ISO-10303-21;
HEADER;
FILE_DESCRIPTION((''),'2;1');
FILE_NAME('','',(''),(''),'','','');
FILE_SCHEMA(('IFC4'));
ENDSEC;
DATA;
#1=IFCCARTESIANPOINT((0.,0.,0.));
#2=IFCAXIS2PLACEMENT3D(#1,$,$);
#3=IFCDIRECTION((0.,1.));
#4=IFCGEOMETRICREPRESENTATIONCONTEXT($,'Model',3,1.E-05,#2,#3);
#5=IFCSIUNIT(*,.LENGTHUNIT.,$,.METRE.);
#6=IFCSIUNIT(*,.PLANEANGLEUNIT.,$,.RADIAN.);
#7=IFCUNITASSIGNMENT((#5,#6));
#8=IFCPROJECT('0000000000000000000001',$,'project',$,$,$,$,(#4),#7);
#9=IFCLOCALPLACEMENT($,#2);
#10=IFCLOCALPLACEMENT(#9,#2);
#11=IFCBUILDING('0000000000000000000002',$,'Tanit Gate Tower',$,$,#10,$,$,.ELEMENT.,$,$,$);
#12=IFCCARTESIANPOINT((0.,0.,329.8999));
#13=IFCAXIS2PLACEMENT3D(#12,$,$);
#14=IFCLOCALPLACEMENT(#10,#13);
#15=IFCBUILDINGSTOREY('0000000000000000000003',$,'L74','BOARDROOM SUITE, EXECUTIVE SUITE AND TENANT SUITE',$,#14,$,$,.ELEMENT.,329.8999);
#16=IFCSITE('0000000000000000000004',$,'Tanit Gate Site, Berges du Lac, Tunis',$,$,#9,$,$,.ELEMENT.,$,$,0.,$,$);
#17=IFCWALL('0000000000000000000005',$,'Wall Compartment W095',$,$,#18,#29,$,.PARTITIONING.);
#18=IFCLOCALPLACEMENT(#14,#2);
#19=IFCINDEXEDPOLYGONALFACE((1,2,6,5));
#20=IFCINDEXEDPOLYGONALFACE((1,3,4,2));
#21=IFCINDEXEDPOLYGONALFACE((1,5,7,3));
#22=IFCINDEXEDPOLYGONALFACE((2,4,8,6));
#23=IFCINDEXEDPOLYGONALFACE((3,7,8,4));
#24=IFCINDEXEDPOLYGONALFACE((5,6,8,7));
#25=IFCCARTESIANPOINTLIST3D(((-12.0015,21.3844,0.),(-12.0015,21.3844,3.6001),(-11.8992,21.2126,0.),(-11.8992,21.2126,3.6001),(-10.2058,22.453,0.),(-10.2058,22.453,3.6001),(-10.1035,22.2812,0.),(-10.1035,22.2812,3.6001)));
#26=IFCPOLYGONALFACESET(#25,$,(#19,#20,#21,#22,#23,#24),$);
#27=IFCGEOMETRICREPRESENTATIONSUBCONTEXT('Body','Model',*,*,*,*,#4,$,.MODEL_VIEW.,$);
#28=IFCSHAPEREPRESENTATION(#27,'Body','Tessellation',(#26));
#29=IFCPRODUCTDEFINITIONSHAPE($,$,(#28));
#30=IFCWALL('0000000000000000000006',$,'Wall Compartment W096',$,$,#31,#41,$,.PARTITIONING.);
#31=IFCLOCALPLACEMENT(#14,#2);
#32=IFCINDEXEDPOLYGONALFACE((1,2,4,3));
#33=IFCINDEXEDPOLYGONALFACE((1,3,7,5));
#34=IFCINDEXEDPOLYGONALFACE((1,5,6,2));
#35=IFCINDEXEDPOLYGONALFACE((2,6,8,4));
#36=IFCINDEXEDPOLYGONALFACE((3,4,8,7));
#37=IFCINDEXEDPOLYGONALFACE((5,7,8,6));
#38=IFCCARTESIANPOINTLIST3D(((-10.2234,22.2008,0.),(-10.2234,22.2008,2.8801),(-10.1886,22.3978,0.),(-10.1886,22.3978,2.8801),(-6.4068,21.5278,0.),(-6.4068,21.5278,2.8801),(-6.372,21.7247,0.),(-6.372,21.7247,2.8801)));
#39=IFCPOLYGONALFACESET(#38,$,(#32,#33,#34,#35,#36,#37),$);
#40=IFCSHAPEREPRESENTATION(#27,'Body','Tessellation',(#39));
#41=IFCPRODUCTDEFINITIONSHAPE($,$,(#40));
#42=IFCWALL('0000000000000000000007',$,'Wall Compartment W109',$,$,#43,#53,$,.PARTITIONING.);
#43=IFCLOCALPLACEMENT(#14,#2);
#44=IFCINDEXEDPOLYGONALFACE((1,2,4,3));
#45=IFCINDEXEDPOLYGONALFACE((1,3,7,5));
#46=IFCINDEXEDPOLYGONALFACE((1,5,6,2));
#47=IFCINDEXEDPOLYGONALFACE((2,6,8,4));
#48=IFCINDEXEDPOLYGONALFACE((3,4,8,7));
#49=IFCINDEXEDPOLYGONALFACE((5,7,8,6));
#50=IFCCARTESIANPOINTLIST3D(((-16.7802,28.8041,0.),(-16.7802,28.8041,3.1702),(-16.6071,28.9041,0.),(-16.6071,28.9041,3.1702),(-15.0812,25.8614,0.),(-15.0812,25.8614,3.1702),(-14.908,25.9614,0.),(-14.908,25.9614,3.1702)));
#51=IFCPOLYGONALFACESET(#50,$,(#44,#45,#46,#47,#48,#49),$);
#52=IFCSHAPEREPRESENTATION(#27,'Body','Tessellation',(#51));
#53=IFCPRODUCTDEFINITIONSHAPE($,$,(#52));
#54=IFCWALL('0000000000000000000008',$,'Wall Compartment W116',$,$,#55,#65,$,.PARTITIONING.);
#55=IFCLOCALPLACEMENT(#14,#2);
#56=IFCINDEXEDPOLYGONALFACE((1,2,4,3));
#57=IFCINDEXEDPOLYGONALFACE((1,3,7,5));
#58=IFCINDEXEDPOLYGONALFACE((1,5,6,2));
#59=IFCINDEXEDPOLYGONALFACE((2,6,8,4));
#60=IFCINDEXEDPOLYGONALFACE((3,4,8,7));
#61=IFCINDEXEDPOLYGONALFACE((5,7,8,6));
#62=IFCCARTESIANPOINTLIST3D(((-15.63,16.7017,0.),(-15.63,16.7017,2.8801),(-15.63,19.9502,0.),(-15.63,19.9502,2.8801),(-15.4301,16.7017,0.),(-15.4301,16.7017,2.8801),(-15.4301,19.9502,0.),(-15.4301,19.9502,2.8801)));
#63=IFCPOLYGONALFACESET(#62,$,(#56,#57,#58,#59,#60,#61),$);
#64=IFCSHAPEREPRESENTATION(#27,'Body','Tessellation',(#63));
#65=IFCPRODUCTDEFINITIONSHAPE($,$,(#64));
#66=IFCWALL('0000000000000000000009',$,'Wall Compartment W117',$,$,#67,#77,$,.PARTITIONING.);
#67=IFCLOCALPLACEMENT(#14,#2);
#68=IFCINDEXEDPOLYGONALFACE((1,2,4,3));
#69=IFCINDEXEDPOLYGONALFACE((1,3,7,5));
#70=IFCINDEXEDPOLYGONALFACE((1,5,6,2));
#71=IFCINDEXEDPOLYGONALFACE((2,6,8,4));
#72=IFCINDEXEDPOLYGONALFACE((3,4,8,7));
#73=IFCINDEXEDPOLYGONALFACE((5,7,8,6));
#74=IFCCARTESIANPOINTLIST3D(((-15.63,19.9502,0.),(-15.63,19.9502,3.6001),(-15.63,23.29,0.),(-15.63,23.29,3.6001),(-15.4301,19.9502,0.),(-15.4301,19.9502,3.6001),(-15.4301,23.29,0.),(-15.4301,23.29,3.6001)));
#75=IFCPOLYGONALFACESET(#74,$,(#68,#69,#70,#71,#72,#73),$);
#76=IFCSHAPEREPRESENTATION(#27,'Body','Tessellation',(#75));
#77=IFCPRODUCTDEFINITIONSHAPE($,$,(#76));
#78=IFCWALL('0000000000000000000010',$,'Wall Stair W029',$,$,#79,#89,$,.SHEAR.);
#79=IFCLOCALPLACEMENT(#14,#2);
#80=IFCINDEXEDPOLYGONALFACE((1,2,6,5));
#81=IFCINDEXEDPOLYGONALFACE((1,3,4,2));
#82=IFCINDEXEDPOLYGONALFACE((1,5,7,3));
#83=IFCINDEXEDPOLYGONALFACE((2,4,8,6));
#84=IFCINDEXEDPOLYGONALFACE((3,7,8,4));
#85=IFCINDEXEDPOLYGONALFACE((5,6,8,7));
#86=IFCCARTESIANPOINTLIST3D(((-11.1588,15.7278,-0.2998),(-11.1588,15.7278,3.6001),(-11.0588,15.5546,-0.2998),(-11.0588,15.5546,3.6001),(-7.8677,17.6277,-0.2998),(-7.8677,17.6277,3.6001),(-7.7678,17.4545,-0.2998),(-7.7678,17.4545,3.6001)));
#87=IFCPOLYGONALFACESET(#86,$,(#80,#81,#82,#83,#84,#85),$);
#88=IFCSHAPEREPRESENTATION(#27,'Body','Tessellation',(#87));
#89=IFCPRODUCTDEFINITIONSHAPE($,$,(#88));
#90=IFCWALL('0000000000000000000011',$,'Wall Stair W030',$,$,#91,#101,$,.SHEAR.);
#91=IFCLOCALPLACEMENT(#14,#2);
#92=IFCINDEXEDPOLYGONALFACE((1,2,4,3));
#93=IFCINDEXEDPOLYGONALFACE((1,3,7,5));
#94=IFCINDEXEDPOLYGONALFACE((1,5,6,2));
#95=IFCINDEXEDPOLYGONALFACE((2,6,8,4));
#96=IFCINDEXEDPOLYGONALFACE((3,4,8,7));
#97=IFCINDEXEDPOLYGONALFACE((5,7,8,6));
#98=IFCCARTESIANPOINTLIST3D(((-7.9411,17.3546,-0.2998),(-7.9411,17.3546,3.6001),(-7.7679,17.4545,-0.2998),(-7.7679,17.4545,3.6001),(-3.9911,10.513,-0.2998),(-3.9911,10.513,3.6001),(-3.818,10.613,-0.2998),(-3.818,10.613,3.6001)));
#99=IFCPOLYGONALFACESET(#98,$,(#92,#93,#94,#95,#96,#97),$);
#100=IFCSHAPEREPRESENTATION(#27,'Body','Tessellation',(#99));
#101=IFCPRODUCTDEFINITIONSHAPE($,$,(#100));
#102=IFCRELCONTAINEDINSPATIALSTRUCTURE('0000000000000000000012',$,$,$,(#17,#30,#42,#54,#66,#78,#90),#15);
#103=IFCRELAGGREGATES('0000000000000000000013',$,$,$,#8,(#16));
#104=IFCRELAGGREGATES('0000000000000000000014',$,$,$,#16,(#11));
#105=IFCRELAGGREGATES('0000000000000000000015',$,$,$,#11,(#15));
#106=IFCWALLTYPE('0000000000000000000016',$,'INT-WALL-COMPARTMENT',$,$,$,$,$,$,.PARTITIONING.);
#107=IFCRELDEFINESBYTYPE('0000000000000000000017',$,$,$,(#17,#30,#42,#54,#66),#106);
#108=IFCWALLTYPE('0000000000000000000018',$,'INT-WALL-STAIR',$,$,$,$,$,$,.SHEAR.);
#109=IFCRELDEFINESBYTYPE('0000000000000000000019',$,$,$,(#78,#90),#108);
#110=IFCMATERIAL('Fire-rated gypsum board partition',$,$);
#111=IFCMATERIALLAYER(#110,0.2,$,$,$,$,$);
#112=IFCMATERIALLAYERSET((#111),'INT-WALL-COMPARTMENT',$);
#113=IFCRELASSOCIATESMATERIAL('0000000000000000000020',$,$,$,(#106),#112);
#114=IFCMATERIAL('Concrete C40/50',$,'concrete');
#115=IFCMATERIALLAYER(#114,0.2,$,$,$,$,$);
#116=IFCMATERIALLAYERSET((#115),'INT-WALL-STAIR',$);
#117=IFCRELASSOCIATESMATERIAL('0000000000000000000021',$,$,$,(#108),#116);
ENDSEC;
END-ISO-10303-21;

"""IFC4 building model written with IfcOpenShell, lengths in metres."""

from ifc_helpers import new_model, si_unit, direction, frame, frame_2d, origin, place, context, subcontext, project, spatial, rectangle, extrude, material, layer, layer_set, type_object, element, save


model = new_model("IFC4")

# Units and contexts
model_context = context("Model", 3, precision=1e-05, world=origin(), true_north=direction((0.0, 1.0)))
body_context = subcontext(model_context, "Body", "Model", "MODEL_VIEW")
ifc_project = project(units=[si_unit("LENGTHUNIT", "METRE"), si_unit("PLANEANGLEUNIT", "RADIAN")], contexts=[model_context])

# Site, building, storey
site_placement = place(None, origin())
site = spatial("IfcSite", under=ifc_project, at=site_placement, Name="Tanit Gate Site, Berges du Lac, Tunis", CompositionType="ELEMENT", RefElevation=0.0)
building_placement = place(site_placement, origin())
building = spatial("IfcBuilding", under=site, at=building_placement, Name="Tanit Gate Tower", CompositionType="ELEMENT")
storey_placement = place(building_placement, frame((0.0, 0.0, 329.8999)))
storey = spatial("IfcBuildingStorey", under=building, at=storey_placement, Name="L74", Description="BOARDROOM SUITE, EXECUTIVE SUITE AND TENANT SUITE", CompositionType="ELEMENT", Elevation=329.8999)

# Walls
ifc_material_1 = material(Name="Fire-rated gypsum board partition")
ifc_layer_1 = layer(ifc_material_1, 0.2)
ifc_layer_set_1 = layer_set([ifc_layer_1], Name="INT-WALL-COMPARTMENT")
wall_type_1 = type_object("IfcWallType", Name="INT-WALL-COMPARTMENT", PredefinedType="PARTITIONING", material=ifc_layer_set_1)
wall_1_placement = place(storey_placement, frame((-10.1545, 22.3672, 0.0), z_axis=(0.0, 0.0, 1.0), x_axis=(-0.859343, -0.5114, 0.0)))
element("IfcWall", 1, at=wall_1_placement, inside=storey, type_object=wall_type_1, Name="Wall Compartment W095", PredefinedType="PARTITIONING", context=body_context, shape_type="SweptSolid", body=[
    extrude(rectangle(XDim=2.0896, YDim=0.2, at=frame_2d((1.0449, 0.0))), origin(), (0.0, 0.0, 1.0), 3.6001),
])
wall_2_placement = place(storey_placement, frame((-6.3894, 21.6262, 0.0), z_axis=(0.0, 0.0, 1.0), x_axis=(-0.984803, 0.173678, 0.0)))
element("IfcWall", 2, at=wall_2_placement, inside=storey, type_object=wall_type_1, Name="Wall Compartment W096", PredefinedType="PARTITIONING", context=body_context, shape_type="SweptSolid", body=[
    extrude(rectangle(XDim=3.8755, YDim=0.2, at=frame_2d((1.9377, 0.0))), origin(), (0.0, 0.0, 1.0), 2.8801),
])
wall_3_placement = place(storey_placement, frame((-14.9946, 25.9114, 0.0), z_axis=(0.0, 0.0, 1.0), x_axis=(-0.500011, 0.866019, 0.0)))
element("IfcWall", 3, at=wall_3_placement, inside=storey, type_object=wall_type_1, Name="Wall Compartment W109", PredefinedType="PARTITIONING", context=body_context, shape_type="SweptSolid", body=[
    extrude(rectangle(XDim=3.3979, YDim=0.2, at=frame_2d((1.699, 0.0))), origin(), (0.0, 0.0, 1.0), 3.1702),
])
wall_4_placement = place(storey_placement, frame((-15.53, 16.7017, 0.0), z_axis=(0.0, 0.0, 1.0), x_axis=(0.0, 1.0, 0.0)))
element("IfcWall", 4, at=wall_4_placement, inside=storey, type_object=wall_type_1, Name="Wall Compartment W116", PredefinedType="PARTITIONING", context=body_context, shape_type="SweptSolid", body=[
    extrude(rectangle(XDim=3.2485, YDim=0.2, at=frame_2d((1.6243, 0.0))), origin(), (0.0, 0.0, 1.0), 2.8801),
])
wall_5_placement = place(storey_placement, frame((-15.53, 19.9502, 0.0), z_axis=(0.0, 0.0, 1.0), x_axis=(0.0, 1.0, 0.0)))
element("IfcWall", 5, at=wall_5_placement, inside=storey, type_object=wall_type_1, Name="Wall Compartment W117", PredefinedType="PARTITIONING", context=body_context, shape_type="SweptSolid", body=[
    extrude(rectangle(XDim=3.3398, YDim=0.2, at=frame_2d((1.6699, 0.0))), origin(), (0.0, 0.0, 1.0), 3.6001),
])
ifc_material_2 = material(Name="Concrete C40/50", Category="concrete")
ifc_layer_2 = layer(ifc_material_2, 0.2)
ifc_layer_set_2 = layer_set([ifc_layer_2], Name="INT-WALL-STAIR")
wall_type_2 = type_object("IfcWallType", Name="INT-WALL-STAIR", PredefinedType="SHEAR", material=ifc_layer_set_2)
wall_6_placement = place(storey_placement, frame((-7.8179, 17.541, -0.2998), z_axis=(0.0, 0.0, 1.0), x_axis=(-0.866044, -0.499967, 0.0)))
element("IfcWall", 6, at=wall_6_placement, inside=storey, type_object=wall_type_2, Name="Wall Stair W029", PredefinedType="SHEAR", context=body_context, shape_type="SweptSolid", body=[
    extrude(rectangle(XDim=3.8, YDim=0.2, at=frame_2d((1.8999, 0.0))), origin(), (0.0, 0.0, 1.0), 3.8999),
])
wall_7_placement = place(storey_placement, frame((-7.8545, 17.4045, -0.2998), z_axis=(0.0, 0.0, 1.0), x_axis=(0.499998, -0.866027, 0.0)))
element("IfcWall", 7, at=wall_7_placement, inside=storey, type_object=wall_type_2, Name="Wall Stair W030", PredefinedType="SHEAR", context=body_context, shape_type="SweptSolid", body=[
    extrude(rectangle(XDim=7.8999, YDim=0.2, at=frame_2d((3.95, 0.0))), origin(), (0.0, 0.0, 1.0), 3.8999),
])

save(model, "model.ifc")
